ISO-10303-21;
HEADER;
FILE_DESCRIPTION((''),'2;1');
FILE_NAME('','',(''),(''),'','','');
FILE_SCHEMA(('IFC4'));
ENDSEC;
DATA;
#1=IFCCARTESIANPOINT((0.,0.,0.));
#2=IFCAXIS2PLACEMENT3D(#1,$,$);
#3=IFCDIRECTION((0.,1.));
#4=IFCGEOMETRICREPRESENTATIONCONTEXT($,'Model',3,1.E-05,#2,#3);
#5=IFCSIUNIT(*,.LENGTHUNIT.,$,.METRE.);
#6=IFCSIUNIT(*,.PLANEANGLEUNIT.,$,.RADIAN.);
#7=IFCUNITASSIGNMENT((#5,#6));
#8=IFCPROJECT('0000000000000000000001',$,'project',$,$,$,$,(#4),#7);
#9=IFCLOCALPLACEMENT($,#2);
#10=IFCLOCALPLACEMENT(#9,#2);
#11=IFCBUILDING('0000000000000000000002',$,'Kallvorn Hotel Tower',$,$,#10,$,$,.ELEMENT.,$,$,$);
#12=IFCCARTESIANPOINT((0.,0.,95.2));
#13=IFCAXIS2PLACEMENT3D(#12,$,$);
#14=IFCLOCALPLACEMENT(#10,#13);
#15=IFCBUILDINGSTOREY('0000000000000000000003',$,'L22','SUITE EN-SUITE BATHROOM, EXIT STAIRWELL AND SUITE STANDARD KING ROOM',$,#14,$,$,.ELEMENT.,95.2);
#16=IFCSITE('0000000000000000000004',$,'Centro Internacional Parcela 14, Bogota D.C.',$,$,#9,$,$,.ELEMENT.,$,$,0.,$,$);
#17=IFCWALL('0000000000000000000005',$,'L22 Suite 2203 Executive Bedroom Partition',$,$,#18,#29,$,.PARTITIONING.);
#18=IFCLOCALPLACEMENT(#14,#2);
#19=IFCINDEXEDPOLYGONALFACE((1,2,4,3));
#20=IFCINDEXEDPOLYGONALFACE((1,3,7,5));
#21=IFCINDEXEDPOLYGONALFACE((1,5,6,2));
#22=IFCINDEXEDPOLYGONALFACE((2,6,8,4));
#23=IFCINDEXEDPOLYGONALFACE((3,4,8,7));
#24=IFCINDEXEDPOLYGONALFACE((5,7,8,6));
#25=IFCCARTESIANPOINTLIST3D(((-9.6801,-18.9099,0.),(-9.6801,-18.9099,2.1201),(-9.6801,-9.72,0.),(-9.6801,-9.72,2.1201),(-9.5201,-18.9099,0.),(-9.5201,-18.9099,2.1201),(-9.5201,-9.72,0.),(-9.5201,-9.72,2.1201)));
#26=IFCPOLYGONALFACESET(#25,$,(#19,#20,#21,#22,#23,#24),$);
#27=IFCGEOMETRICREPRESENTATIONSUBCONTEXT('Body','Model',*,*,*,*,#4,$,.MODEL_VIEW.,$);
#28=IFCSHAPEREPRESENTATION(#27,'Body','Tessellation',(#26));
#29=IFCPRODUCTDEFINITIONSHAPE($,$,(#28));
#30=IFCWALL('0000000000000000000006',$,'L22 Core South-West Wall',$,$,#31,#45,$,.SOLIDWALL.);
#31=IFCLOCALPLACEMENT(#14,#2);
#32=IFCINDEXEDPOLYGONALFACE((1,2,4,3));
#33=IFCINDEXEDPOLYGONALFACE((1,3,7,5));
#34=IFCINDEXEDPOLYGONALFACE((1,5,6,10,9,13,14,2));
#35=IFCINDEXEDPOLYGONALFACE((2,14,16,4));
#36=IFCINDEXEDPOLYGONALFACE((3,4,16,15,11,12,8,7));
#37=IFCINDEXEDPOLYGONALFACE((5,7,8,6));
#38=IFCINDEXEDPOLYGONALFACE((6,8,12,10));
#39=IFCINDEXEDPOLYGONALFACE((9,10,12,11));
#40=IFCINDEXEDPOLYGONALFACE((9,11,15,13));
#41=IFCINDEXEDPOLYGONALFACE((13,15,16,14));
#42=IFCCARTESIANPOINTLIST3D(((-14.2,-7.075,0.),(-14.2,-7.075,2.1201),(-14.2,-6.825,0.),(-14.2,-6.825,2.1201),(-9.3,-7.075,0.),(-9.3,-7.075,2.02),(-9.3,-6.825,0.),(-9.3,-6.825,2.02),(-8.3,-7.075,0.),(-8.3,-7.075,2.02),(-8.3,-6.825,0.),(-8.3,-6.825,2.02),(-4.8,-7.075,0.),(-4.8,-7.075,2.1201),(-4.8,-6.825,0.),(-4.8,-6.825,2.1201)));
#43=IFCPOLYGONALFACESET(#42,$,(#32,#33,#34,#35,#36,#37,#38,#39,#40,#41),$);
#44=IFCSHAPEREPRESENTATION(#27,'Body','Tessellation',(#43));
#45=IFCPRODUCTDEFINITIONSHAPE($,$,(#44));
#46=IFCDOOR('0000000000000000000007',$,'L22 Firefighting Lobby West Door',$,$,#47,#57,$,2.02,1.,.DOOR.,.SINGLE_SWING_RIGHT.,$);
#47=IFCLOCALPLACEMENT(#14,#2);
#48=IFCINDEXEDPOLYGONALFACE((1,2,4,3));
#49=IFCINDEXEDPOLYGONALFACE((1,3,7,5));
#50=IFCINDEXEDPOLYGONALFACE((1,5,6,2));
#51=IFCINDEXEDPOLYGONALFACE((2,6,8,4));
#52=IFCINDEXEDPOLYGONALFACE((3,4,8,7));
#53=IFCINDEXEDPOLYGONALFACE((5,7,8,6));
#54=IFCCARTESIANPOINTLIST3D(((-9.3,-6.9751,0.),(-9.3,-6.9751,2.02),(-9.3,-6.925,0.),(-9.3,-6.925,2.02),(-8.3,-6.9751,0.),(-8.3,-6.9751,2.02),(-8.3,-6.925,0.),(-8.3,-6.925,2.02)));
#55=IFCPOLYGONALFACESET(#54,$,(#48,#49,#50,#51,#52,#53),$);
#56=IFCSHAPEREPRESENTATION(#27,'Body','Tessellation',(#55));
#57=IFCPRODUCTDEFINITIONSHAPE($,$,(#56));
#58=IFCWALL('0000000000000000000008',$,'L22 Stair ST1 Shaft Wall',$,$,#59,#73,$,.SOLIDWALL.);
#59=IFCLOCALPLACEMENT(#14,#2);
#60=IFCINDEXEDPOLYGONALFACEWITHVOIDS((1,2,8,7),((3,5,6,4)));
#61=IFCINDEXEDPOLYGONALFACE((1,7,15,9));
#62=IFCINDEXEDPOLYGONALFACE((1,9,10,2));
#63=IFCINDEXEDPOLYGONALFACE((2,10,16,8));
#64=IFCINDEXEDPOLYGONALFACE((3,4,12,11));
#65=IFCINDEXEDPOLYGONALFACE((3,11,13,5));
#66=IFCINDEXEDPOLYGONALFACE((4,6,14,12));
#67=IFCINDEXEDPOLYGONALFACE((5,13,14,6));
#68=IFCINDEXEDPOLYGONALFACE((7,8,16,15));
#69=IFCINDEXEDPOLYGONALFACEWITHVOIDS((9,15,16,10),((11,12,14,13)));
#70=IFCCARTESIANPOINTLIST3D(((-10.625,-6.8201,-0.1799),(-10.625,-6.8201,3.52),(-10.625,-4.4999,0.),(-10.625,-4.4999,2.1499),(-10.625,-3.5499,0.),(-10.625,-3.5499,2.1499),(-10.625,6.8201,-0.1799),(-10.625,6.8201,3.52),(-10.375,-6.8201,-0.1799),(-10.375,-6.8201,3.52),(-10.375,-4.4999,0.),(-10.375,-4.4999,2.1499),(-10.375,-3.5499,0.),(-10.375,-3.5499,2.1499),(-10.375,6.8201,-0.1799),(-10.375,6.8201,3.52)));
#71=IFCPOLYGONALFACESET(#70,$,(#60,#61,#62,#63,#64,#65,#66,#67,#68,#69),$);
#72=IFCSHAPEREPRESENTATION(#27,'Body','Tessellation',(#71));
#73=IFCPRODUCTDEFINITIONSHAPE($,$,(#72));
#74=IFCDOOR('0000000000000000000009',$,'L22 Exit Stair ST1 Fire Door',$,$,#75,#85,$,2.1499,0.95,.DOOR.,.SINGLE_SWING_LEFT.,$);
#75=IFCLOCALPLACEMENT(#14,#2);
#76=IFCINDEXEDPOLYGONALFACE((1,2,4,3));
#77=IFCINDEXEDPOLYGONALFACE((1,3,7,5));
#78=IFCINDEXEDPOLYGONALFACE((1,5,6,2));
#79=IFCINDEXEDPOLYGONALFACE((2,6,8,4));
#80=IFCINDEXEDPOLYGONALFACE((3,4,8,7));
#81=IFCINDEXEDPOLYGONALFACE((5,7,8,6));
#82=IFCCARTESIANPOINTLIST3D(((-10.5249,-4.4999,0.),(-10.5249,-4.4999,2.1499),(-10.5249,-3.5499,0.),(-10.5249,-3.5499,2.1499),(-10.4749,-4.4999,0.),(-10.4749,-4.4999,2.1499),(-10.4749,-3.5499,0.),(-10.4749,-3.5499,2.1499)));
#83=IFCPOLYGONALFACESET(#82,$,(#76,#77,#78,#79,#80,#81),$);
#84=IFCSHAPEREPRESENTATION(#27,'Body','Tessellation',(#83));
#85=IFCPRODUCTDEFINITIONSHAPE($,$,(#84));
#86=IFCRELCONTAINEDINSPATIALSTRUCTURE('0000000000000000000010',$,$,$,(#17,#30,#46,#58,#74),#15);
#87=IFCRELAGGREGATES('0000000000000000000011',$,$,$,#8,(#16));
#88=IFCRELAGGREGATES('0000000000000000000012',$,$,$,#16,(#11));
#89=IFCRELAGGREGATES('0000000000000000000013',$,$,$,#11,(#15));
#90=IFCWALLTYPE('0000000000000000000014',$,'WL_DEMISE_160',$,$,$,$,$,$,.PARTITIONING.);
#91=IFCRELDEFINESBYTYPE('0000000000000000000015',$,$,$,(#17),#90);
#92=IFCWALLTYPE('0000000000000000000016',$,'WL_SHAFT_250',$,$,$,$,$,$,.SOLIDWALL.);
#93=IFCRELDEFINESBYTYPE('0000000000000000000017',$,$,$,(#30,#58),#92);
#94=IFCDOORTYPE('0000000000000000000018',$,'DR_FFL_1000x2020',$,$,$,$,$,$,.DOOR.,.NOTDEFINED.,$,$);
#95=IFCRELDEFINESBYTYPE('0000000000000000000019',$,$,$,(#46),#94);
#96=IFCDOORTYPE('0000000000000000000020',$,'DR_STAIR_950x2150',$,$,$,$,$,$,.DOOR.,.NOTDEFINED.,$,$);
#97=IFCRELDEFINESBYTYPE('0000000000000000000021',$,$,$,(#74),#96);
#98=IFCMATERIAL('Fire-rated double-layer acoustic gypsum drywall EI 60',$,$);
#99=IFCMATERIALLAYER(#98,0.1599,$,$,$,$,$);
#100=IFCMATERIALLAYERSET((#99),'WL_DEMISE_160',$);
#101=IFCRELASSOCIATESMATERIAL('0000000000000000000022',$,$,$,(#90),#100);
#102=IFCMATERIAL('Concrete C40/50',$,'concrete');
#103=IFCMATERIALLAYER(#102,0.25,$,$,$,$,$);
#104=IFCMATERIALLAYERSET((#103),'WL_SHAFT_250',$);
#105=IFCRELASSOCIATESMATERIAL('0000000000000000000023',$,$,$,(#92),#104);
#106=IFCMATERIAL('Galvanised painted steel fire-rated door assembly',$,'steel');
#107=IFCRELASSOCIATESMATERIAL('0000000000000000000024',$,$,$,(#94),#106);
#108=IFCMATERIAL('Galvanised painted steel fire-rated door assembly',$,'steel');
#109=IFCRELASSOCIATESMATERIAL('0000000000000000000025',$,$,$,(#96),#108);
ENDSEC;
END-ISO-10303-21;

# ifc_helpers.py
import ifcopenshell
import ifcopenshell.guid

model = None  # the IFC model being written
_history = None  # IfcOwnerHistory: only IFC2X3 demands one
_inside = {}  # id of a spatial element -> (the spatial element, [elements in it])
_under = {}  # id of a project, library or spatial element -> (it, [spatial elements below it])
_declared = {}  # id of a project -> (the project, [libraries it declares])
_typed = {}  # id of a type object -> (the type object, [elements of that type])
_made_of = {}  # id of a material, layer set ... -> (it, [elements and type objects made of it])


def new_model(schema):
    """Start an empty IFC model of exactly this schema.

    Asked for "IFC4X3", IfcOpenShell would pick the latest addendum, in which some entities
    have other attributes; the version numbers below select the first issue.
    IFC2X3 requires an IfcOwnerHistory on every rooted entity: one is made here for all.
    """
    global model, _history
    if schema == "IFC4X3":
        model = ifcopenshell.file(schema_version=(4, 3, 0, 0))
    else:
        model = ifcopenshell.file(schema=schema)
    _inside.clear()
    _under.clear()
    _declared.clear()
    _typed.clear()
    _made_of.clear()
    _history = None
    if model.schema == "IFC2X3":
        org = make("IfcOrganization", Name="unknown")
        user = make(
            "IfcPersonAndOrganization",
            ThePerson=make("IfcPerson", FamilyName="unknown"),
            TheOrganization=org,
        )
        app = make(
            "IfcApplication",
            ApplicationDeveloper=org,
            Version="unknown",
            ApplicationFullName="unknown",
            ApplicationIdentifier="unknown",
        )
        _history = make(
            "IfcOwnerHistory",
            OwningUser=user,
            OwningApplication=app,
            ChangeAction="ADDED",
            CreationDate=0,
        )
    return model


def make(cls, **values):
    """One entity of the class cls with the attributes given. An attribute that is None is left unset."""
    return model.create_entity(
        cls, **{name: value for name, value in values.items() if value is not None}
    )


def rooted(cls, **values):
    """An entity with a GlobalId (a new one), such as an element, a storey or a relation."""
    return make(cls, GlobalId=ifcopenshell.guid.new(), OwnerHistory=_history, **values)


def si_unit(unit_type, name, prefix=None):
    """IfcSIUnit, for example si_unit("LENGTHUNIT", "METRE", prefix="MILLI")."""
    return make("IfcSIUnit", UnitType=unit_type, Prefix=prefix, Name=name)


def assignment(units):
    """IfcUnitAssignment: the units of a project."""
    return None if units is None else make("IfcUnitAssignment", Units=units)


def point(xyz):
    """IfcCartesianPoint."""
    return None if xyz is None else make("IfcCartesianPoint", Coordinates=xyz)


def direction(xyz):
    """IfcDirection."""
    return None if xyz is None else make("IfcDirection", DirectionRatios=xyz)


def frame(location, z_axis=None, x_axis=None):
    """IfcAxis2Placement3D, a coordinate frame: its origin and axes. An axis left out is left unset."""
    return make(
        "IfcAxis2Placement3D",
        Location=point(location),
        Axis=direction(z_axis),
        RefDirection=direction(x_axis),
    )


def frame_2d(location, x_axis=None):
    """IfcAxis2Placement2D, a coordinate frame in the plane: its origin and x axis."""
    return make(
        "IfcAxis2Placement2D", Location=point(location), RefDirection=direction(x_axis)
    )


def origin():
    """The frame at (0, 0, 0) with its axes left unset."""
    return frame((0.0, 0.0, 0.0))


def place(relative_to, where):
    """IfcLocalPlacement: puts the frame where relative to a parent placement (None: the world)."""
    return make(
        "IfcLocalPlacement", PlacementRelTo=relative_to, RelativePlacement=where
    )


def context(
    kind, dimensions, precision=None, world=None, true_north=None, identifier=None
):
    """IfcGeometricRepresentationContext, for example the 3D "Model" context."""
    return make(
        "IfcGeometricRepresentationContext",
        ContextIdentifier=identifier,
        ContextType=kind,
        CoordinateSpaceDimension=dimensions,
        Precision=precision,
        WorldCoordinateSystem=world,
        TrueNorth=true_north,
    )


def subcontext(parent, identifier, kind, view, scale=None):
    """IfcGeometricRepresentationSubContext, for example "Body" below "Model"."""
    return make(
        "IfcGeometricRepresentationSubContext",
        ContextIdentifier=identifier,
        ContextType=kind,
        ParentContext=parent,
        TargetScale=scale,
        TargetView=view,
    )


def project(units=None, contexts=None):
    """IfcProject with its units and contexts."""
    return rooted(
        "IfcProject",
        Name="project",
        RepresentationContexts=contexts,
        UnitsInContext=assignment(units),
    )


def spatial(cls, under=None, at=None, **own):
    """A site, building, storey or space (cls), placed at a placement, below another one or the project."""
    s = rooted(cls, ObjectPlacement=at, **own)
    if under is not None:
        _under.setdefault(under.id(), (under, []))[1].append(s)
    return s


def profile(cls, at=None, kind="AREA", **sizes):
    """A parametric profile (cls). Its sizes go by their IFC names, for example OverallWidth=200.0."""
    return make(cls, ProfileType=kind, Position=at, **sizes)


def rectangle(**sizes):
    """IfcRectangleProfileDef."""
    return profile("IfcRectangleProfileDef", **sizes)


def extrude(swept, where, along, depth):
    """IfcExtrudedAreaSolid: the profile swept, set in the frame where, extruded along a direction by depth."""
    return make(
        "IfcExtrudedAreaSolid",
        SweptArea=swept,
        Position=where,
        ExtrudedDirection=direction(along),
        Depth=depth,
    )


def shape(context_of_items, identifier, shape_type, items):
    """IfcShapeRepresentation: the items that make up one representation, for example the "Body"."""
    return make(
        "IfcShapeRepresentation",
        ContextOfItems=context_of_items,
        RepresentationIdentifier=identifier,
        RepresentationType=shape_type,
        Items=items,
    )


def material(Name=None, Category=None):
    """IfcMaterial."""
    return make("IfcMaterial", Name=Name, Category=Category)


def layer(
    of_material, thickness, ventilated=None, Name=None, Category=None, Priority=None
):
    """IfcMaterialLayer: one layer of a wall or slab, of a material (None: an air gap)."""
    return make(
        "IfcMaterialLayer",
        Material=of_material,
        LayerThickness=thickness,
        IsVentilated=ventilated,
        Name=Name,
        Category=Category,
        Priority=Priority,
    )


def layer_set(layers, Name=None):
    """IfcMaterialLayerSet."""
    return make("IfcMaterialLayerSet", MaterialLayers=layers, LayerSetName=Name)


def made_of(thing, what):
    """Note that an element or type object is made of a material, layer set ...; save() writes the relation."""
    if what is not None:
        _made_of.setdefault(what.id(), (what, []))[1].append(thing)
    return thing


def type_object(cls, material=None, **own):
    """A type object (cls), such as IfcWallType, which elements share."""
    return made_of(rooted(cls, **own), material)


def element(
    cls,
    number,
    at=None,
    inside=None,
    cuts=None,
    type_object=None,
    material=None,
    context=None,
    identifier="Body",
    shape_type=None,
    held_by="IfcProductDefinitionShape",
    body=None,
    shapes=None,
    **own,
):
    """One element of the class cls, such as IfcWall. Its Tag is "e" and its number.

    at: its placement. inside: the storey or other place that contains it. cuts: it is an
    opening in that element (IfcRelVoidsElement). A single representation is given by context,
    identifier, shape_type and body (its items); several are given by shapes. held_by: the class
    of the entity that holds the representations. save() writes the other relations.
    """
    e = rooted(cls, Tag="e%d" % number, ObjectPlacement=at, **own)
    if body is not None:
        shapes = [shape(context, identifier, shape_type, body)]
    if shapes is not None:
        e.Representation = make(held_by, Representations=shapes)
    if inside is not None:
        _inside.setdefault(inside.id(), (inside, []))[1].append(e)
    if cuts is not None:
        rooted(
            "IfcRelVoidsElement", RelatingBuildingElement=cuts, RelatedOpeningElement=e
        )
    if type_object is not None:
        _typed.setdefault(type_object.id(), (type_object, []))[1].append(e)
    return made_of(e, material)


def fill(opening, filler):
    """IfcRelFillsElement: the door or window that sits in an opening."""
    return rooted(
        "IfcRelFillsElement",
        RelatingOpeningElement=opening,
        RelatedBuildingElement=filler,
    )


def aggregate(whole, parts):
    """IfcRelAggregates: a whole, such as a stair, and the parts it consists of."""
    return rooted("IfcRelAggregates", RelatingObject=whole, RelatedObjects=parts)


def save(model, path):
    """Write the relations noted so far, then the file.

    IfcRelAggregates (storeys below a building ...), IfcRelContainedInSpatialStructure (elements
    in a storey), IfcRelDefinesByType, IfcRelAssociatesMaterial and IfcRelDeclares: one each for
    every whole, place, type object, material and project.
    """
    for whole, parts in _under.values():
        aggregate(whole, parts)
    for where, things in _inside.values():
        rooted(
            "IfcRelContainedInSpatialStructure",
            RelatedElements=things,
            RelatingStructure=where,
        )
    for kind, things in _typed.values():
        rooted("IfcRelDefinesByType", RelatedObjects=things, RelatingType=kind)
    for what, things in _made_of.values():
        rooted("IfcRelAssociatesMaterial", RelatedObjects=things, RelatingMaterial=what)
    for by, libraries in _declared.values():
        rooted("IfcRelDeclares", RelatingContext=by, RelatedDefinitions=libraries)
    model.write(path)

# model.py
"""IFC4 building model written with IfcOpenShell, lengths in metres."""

from ifc_helpers import new_model, si_unit, direction, frame, frame_2d, origin, place, context, subcontext, project, spatial, rectangle, extrude, material, layer, layer_set, type_object, element, fill, save


model = new_model("IFC4")

# Units and contexts
model_context = context("Model", 3, precision=1e-05, world=origin(), true_north=direction((0.0, 1.0)))
body_context = subcontext(model_context, "Body", "Model", "MODEL_VIEW")
ifc_project = project(units=[si_unit("LENGTHUNIT", "METRE"), si_unit("PLANEANGLEUNIT", "RADIAN")], contexts=[model_context])

# Site, building, storey
site_placement = place(None, origin())
site = spatial("IfcSite", under=ifc_project, at=site_placement, Name="Centro Internacional Parcela 14, Bogota D.C.", CompositionType="ELEMENT", RefElevation=0.0)
building_placement = place(site_placement, origin())
building = spatial("IfcBuilding", under=site, at=building_placement, Name="Kallvorn Hotel Tower", CompositionType="ELEMENT")
storey_placement = place(building_placement, frame((0.0, 0.0, 95.2)))
storey = spatial("IfcBuildingStorey", under=building, at=storey_placement, Name="L22", Description="SUITE EN-SUITE BATHROOM, EXIT STAIRWELL AND SUITE STANDARD KING ROOM", CompositionType="ELEMENT", Elevation=95.2)

# Shared definitions
ifc_material_1 = material(Name="Fire-rated double-layer acoustic gypsum drywall EI 60")
ifc_layer_1 = layer(ifc_material_1, 0.1599)
ifc_layer_set_1 = layer_set([ifc_layer_1], Name="WL_DEMISE_160")
wall_type_1 = type_object("IfcWallType", Name="WL_DEMISE_160", PredefinedType="PARTITIONING", material=ifc_layer_set_1)

# Wall
wall_1_placement = place(storey_placement, frame((-9.6001, -18.9099, 0.0), z_axis=(0.0, 0.0, 1.0), x_axis=(0.0, 1.0, 0.0)))
element("IfcWall", 1, at=wall_1_placement, inside=storey, type_object=wall_type_1, Name="L22 Suite 2203 Executive Bedroom Partition", PredefinedType="PARTITIONING", context=body_context, shape_type="SweptSolid", body=[
    extrude(rectangle(XDim=9.1899, YDim=0.1599, at=frame_2d((4.595, 0.0))), origin(), (0.0, 0.0, 1.0), 2.1201),
])

# Walls, openings, doors
ifc_material_2 = material(Name="Concrete C40/50", Category="concrete")
ifc_layer_2 = layer(ifc_material_2, 0.25)
ifc_layer_set_2 = layer_set([ifc_layer_2], Name="WL_SHAFT_250")
wall_type_2 = type_object("IfcWallType", Name="WL_SHAFT_250", PredefinedType="SOLIDWALL", material=ifc_layer_set_2)
wall_2_placement = place(storey_placement, frame((-14.2, -6.95, 0.0), z_axis=(0.0, 0.0, 1.0), x_axis=(1.0, 0.0, 0.0)))
wall_2 = element("IfcWall", 2, at=wall_2_placement, inside=storey, type_object=wall_type_2, Name="L22 Core South-West Wall", PredefinedType="SOLIDWALL", context=body_context, shape_type="SweptSolid", body=[
    extrude(rectangle(XDim=9.3999, YDim=0.25, at=frame_2d((4.7, 0.0))), origin(), (0.0, 0.0, 1.0), 2.1201),
])
opening_1_placement = place(wall_2_placement, frame((4.8999, 0.0, 0.0)))
opening_1 = element("IfcOpeningElement", 3, at=opening_1_placement, cuts=wall_2, PredefinedType="OPENING", context=body_context, shape_type="SweptSolid", body=[
    extrude(rectangle(XDim=1.0, YDim=2.02, at=frame_2d((0.5, 1.01))), frame((0.0, 0.1399, 0.0), z_axis=(0.0, -1.0, 0.0), x_axis=(1.0, 0.0, 0.0)), (0.0, 0.0, 1.0), 0.28),
])
ifc_material_3 = material(Name="Galvanised painted steel fire-rated door assembly", Category="steel")
door_type_1 = type_object("IfcDoorType", Name="DR_FFL_1000x2020", OperationType="NOTDEFINED", PredefinedType="DOOR", material=ifc_material_3)
door_1_placement = place(opening_1_placement, origin())
door_1 = element("IfcDoor", 4, at=door_1_placement, inside=storey, type_object=door_type_1, Name="L22 Firefighting Lobby West Door", OperationType="SINGLE_SWING_RIGHT", OverallHeight=2.02, OverallWidth=1.0, PredefinedType="DOOR", context=body_context, shape_type="SweptSolid", body=[
    extrude(rectangle(XDim=1.0, YDim=2.02, at=frame_2d((0.5, 1.01))), frame((0.0, 0.0249, 0.0), z_axis=(0.0, -1.0, 0.0), x_axis=(1.0, 0.0, 0.0)), (0.0, 0.0, 1.0), 0.05),
])
fill(opening_1, door_1)
wall_3_placement = place(storey_placement, frame((-10.5, -6.8201, -0.1799), z_axis=(0.0, 0.0, 1.0), x_axis=(0.0, 1.0, 0.0)))
wall_3 = element("IfcWall", 5, at=wall_3_placement, inside=storey, type_object=wall_type_2, Name="L22 Stair ST1 Shaft Wall", PredefinedType="SOLIDWALL", context=body_context, shape_type="SweptSolid", body=[
    extrude(rectangle(XDim=13.6401, YDim=0.25, at=frame_2d((6.8201, 0.0))), origin(), (0.0, 0.0, 1.0), 3.7),
])
opening_2_placement = place(wall_3_placement, frame((2.3201, 0.0, 0.1799)))
opening_2 = element("IfcOpeningElement", 6, at=opening_2_placement, cuts=wall_3, PredefinedType="OPENING", context=body_context, shape_type="SweptSolid", body=[
    extrude(rectangle(XDim=0.95, YDim=2.1499, at=frame_2d((0.4751, 1.075))), frame((0.0, 0.1399, 0.0), z_axis=(0.0, -1.0, 0.0), x_axis=(1.0, 0.0, 0.0)), (0.0, 0.0, 1.0), 0.28),
])
ifc_material_4 = material(Name="Galvanised painted steel fire-rated door assembly", Category="steel")
door_type_2 = type_object("IfcDoorType", Name="DR_STAIR_950x2150", OperationType="NOTDEFINED", PredefinedType="DOOR", material=ifc_material_4)
door_2_placement = place(opening_2_placement, origin())
door_2 = element("IfcDoor", 7, at=door_2_placement, inside=storey, type_object=door_type_2, Name="L22 Exit Stair ST1 Fire Door", OperationType="SINGLE_SWING_LEFT", OverallHeight=2.1499, OverallWidth=0.95, PredefinedType="DOOR", context=body_context, shape_type="SweptSolid", body=[
    extrude(rectangle(XDim=0.95, YDim=2.1499, at=frame_2d((0.4751, 1.075))), frame((0.0, 0.0249, 0.0), z_axis=(0.0, -1.0, 0.0), x_axis=(1.0, 0.0, 0.0)), (0.0, 0.0, 1.0), 0.05),
])
fill(opening_2, door_2)

save(model, "model.ifc")
